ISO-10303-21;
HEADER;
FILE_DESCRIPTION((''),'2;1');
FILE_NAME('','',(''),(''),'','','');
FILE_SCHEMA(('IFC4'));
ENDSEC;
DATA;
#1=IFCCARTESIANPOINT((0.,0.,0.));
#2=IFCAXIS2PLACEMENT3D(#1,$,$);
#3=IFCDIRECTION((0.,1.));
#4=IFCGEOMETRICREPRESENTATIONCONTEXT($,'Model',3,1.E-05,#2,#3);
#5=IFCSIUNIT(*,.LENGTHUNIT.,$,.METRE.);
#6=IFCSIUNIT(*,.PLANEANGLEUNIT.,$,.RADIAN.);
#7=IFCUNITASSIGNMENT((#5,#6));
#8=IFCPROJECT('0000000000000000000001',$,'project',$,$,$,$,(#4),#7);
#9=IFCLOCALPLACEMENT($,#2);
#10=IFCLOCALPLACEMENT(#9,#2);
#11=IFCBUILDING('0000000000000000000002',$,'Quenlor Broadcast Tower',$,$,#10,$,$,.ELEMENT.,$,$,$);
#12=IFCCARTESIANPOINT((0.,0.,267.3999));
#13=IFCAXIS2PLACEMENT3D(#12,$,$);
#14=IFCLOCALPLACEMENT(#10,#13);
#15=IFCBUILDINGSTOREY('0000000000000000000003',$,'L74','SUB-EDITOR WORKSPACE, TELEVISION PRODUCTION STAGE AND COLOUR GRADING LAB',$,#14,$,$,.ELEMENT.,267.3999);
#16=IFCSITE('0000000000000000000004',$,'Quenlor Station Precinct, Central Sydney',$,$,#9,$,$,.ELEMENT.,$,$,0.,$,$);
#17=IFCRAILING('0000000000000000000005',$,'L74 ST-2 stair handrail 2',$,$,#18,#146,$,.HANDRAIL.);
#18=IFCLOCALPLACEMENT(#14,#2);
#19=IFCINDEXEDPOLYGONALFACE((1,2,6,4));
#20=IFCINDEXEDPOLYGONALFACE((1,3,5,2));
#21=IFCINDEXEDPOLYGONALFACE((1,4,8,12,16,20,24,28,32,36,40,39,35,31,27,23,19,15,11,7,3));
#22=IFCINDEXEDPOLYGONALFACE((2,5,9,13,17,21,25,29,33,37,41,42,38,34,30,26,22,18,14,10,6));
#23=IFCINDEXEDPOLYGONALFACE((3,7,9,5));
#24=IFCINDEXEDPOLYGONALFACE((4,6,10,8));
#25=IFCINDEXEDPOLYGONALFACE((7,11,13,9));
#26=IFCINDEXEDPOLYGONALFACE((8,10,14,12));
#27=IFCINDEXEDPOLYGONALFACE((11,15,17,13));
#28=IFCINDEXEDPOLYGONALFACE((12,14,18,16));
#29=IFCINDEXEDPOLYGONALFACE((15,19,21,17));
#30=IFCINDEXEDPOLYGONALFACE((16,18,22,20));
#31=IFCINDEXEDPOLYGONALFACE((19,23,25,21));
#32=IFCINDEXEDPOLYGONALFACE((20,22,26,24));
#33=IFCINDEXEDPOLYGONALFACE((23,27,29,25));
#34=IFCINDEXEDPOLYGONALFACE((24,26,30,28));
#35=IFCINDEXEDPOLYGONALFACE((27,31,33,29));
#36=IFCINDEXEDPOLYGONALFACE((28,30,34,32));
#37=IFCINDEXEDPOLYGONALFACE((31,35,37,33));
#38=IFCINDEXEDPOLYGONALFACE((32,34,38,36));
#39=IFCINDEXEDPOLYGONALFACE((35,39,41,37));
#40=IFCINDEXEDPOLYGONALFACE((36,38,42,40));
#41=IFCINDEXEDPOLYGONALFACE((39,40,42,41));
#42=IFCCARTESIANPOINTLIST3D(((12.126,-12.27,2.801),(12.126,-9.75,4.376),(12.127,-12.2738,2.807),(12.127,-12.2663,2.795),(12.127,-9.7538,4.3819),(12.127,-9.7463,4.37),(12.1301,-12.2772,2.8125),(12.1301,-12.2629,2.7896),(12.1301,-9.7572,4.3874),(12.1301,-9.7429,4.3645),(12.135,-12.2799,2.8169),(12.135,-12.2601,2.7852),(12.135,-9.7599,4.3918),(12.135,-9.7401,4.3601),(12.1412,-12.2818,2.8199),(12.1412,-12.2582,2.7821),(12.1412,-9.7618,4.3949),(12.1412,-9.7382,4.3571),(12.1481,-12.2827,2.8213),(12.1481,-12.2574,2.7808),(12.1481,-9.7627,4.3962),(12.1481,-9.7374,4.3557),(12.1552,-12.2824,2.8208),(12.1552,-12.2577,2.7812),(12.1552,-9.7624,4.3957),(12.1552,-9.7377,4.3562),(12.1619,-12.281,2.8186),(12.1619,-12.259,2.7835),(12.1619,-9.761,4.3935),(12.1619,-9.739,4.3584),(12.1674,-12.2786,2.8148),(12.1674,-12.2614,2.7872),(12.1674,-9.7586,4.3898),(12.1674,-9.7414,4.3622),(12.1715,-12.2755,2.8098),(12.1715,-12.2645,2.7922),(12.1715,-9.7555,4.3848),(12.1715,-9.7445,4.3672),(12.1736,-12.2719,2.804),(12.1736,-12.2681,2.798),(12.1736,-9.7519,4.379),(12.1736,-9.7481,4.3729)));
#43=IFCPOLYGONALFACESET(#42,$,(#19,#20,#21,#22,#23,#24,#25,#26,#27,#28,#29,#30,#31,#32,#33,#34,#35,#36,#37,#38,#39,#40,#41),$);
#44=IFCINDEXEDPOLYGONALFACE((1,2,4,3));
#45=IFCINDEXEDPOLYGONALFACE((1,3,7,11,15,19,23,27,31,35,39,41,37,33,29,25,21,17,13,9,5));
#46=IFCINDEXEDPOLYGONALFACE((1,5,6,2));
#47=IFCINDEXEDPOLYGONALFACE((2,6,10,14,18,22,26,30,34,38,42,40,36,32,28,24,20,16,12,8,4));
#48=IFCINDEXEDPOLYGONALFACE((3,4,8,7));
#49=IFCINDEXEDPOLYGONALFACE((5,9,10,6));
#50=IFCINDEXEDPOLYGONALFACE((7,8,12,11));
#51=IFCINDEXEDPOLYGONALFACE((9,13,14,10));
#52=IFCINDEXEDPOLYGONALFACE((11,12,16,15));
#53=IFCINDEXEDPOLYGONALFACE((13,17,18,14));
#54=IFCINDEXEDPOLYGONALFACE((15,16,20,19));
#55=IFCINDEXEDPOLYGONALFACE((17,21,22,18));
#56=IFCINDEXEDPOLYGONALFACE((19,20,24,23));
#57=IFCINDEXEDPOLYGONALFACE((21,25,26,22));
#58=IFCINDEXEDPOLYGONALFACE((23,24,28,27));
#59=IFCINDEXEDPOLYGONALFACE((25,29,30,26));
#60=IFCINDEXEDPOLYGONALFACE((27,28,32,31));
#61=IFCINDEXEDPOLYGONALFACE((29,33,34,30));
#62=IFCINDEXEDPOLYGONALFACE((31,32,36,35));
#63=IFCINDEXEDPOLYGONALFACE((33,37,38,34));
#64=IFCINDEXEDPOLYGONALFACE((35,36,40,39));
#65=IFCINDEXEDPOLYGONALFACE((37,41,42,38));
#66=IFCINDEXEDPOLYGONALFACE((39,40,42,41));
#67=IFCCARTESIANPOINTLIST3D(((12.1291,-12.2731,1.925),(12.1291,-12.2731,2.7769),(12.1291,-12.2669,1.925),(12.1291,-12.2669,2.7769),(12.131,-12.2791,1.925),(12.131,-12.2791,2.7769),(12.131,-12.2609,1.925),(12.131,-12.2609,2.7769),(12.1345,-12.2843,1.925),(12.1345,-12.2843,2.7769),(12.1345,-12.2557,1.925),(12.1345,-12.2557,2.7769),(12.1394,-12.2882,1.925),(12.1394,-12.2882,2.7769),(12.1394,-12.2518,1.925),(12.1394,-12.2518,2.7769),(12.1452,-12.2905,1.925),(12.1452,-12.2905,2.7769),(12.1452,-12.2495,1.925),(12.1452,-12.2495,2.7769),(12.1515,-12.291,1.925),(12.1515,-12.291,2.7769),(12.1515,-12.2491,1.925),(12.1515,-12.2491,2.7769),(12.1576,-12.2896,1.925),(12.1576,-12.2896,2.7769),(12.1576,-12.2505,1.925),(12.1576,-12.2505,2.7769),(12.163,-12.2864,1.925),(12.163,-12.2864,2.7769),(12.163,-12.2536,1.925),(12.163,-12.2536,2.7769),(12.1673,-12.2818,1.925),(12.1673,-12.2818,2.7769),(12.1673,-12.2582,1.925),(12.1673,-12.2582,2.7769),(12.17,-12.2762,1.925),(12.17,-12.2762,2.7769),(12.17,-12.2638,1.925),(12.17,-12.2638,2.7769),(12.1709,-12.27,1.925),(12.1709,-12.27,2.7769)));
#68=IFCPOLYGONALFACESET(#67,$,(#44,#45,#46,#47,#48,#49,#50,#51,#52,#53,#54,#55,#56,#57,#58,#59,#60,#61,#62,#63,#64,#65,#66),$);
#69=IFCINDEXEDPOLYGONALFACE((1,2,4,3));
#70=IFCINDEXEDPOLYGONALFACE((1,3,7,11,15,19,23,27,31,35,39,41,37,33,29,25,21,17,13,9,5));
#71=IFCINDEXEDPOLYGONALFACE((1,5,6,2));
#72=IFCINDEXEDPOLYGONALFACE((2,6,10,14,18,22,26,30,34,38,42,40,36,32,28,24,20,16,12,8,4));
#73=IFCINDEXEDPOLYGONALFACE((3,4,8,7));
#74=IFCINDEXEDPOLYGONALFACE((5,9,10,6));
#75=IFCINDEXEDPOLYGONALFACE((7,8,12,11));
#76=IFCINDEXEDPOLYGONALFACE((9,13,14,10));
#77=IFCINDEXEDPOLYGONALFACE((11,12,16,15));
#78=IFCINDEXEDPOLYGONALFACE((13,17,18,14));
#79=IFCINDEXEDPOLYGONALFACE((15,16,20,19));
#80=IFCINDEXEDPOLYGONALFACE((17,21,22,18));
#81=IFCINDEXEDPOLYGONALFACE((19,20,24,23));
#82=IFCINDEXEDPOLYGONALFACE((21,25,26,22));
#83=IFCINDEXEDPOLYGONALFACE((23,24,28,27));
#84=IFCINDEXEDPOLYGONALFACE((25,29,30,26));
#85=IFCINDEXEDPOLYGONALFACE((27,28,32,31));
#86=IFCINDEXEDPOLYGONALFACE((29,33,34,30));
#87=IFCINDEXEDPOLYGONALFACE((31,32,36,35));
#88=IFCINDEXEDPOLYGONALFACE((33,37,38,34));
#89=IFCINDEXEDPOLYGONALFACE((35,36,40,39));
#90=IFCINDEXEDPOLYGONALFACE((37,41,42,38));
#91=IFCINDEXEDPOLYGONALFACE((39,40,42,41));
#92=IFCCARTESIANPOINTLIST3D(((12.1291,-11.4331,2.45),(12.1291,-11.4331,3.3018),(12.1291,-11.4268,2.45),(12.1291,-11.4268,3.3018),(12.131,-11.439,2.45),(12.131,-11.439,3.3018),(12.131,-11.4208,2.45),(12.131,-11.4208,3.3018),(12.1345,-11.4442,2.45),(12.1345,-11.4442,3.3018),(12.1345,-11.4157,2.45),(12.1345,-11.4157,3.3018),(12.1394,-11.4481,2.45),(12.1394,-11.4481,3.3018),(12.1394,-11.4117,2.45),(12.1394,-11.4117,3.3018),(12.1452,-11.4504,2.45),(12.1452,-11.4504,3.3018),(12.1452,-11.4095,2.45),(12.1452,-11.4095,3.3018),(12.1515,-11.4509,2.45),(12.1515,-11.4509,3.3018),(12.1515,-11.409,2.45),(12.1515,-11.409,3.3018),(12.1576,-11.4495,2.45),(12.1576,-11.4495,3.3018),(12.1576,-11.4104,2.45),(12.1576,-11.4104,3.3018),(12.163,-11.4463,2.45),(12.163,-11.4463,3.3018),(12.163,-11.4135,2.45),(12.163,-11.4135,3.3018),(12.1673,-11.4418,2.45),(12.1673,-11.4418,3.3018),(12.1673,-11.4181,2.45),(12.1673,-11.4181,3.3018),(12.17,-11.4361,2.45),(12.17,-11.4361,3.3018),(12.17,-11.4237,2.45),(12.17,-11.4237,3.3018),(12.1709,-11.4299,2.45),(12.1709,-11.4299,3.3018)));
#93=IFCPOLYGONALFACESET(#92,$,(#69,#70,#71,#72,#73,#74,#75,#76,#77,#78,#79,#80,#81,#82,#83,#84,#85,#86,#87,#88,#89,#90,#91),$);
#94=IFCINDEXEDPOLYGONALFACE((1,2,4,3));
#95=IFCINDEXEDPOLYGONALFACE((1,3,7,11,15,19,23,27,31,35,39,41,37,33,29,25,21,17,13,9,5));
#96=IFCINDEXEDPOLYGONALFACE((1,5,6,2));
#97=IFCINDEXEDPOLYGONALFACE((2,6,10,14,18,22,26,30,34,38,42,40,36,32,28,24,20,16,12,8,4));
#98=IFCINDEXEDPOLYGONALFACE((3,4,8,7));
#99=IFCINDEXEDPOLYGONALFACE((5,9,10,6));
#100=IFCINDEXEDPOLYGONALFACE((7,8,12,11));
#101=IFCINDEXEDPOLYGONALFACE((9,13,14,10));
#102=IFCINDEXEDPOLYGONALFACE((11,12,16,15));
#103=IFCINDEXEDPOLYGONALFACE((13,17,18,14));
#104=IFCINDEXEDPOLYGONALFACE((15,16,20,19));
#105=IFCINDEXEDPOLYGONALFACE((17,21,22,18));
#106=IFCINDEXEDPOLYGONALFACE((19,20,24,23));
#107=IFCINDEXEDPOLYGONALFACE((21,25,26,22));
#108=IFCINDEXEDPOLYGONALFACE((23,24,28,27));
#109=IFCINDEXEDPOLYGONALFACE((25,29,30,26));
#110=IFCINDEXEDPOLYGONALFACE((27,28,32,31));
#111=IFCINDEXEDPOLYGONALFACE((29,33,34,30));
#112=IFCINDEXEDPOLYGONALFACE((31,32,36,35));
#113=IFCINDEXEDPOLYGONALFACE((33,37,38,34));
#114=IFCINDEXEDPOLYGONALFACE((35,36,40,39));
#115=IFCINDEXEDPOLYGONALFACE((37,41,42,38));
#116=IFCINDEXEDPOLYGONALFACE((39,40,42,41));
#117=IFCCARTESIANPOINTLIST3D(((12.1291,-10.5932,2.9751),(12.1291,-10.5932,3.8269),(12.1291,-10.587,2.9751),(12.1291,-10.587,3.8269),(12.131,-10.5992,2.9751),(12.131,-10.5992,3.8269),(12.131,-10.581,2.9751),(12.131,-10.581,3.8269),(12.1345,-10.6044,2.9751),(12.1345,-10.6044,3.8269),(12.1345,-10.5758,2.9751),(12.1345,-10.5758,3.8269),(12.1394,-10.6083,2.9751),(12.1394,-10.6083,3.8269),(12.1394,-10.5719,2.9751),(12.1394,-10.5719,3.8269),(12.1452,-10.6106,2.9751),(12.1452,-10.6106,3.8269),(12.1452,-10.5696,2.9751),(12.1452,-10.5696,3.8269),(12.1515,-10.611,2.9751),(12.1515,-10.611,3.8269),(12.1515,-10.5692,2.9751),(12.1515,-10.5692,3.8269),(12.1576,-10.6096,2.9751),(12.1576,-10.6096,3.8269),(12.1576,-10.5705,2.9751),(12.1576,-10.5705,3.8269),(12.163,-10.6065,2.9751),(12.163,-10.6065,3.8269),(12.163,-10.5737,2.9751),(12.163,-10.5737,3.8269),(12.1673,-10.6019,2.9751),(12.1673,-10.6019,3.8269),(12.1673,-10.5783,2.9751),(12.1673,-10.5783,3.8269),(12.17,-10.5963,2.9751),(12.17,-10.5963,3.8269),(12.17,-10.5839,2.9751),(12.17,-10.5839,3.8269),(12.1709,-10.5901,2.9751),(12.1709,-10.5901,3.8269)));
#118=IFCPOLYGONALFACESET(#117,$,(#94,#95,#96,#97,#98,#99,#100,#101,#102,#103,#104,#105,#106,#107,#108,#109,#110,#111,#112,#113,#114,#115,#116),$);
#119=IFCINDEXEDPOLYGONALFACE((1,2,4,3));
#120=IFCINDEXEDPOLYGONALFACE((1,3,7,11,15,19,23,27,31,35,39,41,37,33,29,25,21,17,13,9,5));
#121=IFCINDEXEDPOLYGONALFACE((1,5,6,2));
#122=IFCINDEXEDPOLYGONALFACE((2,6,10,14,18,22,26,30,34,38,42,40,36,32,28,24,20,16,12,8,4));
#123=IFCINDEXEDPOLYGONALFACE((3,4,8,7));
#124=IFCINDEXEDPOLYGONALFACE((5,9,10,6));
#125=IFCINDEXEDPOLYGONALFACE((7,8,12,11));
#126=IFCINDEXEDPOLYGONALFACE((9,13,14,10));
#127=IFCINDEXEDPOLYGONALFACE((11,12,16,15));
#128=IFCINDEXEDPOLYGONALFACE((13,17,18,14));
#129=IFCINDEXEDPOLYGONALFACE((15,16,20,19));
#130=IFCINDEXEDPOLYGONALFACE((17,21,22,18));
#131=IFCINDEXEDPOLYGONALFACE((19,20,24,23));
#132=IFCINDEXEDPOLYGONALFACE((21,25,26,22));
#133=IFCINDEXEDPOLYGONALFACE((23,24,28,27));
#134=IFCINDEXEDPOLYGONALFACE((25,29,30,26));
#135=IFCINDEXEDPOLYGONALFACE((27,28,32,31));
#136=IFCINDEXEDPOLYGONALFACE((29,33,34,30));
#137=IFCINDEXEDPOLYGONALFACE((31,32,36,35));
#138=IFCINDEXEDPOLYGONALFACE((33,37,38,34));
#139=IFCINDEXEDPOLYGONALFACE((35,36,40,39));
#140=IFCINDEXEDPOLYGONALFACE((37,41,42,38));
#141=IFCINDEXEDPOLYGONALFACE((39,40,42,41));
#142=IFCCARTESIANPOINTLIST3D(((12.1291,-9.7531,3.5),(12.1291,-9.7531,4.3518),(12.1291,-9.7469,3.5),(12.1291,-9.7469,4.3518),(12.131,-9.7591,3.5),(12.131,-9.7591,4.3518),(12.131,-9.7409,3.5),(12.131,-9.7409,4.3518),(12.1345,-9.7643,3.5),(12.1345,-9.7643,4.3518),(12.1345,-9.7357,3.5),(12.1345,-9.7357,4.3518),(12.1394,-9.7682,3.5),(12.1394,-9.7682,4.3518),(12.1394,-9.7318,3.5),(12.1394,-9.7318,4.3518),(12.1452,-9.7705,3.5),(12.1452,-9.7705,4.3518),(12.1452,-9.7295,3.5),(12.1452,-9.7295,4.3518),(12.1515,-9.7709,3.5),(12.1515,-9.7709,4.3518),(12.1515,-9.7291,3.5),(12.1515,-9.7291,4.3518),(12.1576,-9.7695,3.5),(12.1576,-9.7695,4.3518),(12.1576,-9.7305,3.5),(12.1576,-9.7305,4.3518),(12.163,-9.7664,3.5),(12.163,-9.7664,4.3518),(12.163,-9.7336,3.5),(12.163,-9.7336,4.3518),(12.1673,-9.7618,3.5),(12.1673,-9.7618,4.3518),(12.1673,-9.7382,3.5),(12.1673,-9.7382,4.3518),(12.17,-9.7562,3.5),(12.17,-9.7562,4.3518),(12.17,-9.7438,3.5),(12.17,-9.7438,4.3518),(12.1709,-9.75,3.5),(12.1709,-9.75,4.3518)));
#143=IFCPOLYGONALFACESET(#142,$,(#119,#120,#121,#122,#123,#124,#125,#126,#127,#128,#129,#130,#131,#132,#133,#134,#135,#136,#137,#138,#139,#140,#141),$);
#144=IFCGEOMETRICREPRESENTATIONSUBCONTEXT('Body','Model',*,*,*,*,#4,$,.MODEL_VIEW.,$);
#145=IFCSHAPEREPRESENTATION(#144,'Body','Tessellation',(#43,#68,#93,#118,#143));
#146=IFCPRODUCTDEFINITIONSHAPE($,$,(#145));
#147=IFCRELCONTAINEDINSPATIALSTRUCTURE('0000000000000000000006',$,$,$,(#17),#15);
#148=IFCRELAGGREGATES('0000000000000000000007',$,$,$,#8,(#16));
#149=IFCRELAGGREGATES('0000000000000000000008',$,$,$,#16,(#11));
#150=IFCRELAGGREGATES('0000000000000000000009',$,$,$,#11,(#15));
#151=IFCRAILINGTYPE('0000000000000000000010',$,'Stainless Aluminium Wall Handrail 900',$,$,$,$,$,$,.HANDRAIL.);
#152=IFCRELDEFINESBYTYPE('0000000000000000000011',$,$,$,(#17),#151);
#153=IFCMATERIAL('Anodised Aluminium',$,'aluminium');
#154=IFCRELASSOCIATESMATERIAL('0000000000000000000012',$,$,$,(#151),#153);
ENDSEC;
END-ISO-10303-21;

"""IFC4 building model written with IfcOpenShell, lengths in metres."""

from ifc_helpers import new_model, si_unit, direction, frame, origin, origin_2d, place, context, subcontext, project, spatial, circle, extrude, material, type_object, element, save


model = new_model("IFC4")

# Units and contexts
model_context = context("Model", 3, precision=1e-05, world=origin(), true_north=direction((0.0, 1.0)))
body_context = subcontext(model_context, "Body", "Model", "MODEL_VIEW")
ifc_project = project(units=[si_unit("LENGTHUNIT", "METRE"), si_unit("PLANEANGLEUNIT", "RADIAN")], contexts=[model_context])

# Site, building, storey
site_placement = place(None, origin())
site = spatial("IfcSite", under=ifc_project, at=site_placement, Name="Quenlor Station Precinct, Central Sydney", CompositionType="ELEMENT", RefElevation=0.0)
building_placement = place(site_placement, origin())
building = spatial("IfcBuilding", under=site, at=building_placement, Name="Quenlor Broadcast Tower", CompositionType="ELEMENT")
storey_placement = place(building_placement, frame((0.0, 0.0, 267.3999)))
storey = spatial("IfcBuildingStorey", under=building, at=storey_placement, Name="L74", Description="SUB-EDITOR WORKSPACE, TELEVISION PRODUCTION STAGE AND COLOUR GRADING LAB", CompositionType="ELEMENT", Elevation=267.3999)

# Railing
ifc_material_1 = material(Name="Anodised Aluminium", Category="aluminium")
railing_type = type_object("IfcRailingType", Name="Stainless Aluminium Wall Handrail 900", PredefinedType="HANDRAIL", material=ifc_material_1)
railing_placement = place(storey_placement, frame((12.1499, -12.27, 1.925)))
element("IfcRailing", 1, at=railing_placement, inside=storey, type_object=railing_type, Name="L74 ST-2 stair handrail 2", PredefinedType="HANDRAIL", context=body_context, shape_type="SweptSolid", body=[
    extrude(circle(Radius=0.0239, at=origin_2d()), frame((0.0, 0.0, 0.876), z_axis=(0.0, 0.848008, 0.529984), x_axis=(-1.0, 0.0, 0.0)), (0.0, 0.0, 1.0), 2.9717),
    extrude(circle(Radius=0.021, at=origin_2d()), origin(), (0.0, 0.0, 1.0), 0.8518),
    extrude(circle(Radius=0.021, at=origin_2d()), frame((0.0, 0.8401, 0.5249)), (0.0, 0.0, 1.0), 0.8518),
    extrude(circle(Radius=0.021, at=origin_2d()), frame((0.0, 1.6799, 1.05)), (0.0, 0.0, 1.0), 0.8518),
    extrude(circle(Radius=0.021, at=origin_2d()), frame((0.0, 2.52, 1.575)), (0.0, 0.0, 1.0), 0.8518),
])

save(model, "model.ifc")
